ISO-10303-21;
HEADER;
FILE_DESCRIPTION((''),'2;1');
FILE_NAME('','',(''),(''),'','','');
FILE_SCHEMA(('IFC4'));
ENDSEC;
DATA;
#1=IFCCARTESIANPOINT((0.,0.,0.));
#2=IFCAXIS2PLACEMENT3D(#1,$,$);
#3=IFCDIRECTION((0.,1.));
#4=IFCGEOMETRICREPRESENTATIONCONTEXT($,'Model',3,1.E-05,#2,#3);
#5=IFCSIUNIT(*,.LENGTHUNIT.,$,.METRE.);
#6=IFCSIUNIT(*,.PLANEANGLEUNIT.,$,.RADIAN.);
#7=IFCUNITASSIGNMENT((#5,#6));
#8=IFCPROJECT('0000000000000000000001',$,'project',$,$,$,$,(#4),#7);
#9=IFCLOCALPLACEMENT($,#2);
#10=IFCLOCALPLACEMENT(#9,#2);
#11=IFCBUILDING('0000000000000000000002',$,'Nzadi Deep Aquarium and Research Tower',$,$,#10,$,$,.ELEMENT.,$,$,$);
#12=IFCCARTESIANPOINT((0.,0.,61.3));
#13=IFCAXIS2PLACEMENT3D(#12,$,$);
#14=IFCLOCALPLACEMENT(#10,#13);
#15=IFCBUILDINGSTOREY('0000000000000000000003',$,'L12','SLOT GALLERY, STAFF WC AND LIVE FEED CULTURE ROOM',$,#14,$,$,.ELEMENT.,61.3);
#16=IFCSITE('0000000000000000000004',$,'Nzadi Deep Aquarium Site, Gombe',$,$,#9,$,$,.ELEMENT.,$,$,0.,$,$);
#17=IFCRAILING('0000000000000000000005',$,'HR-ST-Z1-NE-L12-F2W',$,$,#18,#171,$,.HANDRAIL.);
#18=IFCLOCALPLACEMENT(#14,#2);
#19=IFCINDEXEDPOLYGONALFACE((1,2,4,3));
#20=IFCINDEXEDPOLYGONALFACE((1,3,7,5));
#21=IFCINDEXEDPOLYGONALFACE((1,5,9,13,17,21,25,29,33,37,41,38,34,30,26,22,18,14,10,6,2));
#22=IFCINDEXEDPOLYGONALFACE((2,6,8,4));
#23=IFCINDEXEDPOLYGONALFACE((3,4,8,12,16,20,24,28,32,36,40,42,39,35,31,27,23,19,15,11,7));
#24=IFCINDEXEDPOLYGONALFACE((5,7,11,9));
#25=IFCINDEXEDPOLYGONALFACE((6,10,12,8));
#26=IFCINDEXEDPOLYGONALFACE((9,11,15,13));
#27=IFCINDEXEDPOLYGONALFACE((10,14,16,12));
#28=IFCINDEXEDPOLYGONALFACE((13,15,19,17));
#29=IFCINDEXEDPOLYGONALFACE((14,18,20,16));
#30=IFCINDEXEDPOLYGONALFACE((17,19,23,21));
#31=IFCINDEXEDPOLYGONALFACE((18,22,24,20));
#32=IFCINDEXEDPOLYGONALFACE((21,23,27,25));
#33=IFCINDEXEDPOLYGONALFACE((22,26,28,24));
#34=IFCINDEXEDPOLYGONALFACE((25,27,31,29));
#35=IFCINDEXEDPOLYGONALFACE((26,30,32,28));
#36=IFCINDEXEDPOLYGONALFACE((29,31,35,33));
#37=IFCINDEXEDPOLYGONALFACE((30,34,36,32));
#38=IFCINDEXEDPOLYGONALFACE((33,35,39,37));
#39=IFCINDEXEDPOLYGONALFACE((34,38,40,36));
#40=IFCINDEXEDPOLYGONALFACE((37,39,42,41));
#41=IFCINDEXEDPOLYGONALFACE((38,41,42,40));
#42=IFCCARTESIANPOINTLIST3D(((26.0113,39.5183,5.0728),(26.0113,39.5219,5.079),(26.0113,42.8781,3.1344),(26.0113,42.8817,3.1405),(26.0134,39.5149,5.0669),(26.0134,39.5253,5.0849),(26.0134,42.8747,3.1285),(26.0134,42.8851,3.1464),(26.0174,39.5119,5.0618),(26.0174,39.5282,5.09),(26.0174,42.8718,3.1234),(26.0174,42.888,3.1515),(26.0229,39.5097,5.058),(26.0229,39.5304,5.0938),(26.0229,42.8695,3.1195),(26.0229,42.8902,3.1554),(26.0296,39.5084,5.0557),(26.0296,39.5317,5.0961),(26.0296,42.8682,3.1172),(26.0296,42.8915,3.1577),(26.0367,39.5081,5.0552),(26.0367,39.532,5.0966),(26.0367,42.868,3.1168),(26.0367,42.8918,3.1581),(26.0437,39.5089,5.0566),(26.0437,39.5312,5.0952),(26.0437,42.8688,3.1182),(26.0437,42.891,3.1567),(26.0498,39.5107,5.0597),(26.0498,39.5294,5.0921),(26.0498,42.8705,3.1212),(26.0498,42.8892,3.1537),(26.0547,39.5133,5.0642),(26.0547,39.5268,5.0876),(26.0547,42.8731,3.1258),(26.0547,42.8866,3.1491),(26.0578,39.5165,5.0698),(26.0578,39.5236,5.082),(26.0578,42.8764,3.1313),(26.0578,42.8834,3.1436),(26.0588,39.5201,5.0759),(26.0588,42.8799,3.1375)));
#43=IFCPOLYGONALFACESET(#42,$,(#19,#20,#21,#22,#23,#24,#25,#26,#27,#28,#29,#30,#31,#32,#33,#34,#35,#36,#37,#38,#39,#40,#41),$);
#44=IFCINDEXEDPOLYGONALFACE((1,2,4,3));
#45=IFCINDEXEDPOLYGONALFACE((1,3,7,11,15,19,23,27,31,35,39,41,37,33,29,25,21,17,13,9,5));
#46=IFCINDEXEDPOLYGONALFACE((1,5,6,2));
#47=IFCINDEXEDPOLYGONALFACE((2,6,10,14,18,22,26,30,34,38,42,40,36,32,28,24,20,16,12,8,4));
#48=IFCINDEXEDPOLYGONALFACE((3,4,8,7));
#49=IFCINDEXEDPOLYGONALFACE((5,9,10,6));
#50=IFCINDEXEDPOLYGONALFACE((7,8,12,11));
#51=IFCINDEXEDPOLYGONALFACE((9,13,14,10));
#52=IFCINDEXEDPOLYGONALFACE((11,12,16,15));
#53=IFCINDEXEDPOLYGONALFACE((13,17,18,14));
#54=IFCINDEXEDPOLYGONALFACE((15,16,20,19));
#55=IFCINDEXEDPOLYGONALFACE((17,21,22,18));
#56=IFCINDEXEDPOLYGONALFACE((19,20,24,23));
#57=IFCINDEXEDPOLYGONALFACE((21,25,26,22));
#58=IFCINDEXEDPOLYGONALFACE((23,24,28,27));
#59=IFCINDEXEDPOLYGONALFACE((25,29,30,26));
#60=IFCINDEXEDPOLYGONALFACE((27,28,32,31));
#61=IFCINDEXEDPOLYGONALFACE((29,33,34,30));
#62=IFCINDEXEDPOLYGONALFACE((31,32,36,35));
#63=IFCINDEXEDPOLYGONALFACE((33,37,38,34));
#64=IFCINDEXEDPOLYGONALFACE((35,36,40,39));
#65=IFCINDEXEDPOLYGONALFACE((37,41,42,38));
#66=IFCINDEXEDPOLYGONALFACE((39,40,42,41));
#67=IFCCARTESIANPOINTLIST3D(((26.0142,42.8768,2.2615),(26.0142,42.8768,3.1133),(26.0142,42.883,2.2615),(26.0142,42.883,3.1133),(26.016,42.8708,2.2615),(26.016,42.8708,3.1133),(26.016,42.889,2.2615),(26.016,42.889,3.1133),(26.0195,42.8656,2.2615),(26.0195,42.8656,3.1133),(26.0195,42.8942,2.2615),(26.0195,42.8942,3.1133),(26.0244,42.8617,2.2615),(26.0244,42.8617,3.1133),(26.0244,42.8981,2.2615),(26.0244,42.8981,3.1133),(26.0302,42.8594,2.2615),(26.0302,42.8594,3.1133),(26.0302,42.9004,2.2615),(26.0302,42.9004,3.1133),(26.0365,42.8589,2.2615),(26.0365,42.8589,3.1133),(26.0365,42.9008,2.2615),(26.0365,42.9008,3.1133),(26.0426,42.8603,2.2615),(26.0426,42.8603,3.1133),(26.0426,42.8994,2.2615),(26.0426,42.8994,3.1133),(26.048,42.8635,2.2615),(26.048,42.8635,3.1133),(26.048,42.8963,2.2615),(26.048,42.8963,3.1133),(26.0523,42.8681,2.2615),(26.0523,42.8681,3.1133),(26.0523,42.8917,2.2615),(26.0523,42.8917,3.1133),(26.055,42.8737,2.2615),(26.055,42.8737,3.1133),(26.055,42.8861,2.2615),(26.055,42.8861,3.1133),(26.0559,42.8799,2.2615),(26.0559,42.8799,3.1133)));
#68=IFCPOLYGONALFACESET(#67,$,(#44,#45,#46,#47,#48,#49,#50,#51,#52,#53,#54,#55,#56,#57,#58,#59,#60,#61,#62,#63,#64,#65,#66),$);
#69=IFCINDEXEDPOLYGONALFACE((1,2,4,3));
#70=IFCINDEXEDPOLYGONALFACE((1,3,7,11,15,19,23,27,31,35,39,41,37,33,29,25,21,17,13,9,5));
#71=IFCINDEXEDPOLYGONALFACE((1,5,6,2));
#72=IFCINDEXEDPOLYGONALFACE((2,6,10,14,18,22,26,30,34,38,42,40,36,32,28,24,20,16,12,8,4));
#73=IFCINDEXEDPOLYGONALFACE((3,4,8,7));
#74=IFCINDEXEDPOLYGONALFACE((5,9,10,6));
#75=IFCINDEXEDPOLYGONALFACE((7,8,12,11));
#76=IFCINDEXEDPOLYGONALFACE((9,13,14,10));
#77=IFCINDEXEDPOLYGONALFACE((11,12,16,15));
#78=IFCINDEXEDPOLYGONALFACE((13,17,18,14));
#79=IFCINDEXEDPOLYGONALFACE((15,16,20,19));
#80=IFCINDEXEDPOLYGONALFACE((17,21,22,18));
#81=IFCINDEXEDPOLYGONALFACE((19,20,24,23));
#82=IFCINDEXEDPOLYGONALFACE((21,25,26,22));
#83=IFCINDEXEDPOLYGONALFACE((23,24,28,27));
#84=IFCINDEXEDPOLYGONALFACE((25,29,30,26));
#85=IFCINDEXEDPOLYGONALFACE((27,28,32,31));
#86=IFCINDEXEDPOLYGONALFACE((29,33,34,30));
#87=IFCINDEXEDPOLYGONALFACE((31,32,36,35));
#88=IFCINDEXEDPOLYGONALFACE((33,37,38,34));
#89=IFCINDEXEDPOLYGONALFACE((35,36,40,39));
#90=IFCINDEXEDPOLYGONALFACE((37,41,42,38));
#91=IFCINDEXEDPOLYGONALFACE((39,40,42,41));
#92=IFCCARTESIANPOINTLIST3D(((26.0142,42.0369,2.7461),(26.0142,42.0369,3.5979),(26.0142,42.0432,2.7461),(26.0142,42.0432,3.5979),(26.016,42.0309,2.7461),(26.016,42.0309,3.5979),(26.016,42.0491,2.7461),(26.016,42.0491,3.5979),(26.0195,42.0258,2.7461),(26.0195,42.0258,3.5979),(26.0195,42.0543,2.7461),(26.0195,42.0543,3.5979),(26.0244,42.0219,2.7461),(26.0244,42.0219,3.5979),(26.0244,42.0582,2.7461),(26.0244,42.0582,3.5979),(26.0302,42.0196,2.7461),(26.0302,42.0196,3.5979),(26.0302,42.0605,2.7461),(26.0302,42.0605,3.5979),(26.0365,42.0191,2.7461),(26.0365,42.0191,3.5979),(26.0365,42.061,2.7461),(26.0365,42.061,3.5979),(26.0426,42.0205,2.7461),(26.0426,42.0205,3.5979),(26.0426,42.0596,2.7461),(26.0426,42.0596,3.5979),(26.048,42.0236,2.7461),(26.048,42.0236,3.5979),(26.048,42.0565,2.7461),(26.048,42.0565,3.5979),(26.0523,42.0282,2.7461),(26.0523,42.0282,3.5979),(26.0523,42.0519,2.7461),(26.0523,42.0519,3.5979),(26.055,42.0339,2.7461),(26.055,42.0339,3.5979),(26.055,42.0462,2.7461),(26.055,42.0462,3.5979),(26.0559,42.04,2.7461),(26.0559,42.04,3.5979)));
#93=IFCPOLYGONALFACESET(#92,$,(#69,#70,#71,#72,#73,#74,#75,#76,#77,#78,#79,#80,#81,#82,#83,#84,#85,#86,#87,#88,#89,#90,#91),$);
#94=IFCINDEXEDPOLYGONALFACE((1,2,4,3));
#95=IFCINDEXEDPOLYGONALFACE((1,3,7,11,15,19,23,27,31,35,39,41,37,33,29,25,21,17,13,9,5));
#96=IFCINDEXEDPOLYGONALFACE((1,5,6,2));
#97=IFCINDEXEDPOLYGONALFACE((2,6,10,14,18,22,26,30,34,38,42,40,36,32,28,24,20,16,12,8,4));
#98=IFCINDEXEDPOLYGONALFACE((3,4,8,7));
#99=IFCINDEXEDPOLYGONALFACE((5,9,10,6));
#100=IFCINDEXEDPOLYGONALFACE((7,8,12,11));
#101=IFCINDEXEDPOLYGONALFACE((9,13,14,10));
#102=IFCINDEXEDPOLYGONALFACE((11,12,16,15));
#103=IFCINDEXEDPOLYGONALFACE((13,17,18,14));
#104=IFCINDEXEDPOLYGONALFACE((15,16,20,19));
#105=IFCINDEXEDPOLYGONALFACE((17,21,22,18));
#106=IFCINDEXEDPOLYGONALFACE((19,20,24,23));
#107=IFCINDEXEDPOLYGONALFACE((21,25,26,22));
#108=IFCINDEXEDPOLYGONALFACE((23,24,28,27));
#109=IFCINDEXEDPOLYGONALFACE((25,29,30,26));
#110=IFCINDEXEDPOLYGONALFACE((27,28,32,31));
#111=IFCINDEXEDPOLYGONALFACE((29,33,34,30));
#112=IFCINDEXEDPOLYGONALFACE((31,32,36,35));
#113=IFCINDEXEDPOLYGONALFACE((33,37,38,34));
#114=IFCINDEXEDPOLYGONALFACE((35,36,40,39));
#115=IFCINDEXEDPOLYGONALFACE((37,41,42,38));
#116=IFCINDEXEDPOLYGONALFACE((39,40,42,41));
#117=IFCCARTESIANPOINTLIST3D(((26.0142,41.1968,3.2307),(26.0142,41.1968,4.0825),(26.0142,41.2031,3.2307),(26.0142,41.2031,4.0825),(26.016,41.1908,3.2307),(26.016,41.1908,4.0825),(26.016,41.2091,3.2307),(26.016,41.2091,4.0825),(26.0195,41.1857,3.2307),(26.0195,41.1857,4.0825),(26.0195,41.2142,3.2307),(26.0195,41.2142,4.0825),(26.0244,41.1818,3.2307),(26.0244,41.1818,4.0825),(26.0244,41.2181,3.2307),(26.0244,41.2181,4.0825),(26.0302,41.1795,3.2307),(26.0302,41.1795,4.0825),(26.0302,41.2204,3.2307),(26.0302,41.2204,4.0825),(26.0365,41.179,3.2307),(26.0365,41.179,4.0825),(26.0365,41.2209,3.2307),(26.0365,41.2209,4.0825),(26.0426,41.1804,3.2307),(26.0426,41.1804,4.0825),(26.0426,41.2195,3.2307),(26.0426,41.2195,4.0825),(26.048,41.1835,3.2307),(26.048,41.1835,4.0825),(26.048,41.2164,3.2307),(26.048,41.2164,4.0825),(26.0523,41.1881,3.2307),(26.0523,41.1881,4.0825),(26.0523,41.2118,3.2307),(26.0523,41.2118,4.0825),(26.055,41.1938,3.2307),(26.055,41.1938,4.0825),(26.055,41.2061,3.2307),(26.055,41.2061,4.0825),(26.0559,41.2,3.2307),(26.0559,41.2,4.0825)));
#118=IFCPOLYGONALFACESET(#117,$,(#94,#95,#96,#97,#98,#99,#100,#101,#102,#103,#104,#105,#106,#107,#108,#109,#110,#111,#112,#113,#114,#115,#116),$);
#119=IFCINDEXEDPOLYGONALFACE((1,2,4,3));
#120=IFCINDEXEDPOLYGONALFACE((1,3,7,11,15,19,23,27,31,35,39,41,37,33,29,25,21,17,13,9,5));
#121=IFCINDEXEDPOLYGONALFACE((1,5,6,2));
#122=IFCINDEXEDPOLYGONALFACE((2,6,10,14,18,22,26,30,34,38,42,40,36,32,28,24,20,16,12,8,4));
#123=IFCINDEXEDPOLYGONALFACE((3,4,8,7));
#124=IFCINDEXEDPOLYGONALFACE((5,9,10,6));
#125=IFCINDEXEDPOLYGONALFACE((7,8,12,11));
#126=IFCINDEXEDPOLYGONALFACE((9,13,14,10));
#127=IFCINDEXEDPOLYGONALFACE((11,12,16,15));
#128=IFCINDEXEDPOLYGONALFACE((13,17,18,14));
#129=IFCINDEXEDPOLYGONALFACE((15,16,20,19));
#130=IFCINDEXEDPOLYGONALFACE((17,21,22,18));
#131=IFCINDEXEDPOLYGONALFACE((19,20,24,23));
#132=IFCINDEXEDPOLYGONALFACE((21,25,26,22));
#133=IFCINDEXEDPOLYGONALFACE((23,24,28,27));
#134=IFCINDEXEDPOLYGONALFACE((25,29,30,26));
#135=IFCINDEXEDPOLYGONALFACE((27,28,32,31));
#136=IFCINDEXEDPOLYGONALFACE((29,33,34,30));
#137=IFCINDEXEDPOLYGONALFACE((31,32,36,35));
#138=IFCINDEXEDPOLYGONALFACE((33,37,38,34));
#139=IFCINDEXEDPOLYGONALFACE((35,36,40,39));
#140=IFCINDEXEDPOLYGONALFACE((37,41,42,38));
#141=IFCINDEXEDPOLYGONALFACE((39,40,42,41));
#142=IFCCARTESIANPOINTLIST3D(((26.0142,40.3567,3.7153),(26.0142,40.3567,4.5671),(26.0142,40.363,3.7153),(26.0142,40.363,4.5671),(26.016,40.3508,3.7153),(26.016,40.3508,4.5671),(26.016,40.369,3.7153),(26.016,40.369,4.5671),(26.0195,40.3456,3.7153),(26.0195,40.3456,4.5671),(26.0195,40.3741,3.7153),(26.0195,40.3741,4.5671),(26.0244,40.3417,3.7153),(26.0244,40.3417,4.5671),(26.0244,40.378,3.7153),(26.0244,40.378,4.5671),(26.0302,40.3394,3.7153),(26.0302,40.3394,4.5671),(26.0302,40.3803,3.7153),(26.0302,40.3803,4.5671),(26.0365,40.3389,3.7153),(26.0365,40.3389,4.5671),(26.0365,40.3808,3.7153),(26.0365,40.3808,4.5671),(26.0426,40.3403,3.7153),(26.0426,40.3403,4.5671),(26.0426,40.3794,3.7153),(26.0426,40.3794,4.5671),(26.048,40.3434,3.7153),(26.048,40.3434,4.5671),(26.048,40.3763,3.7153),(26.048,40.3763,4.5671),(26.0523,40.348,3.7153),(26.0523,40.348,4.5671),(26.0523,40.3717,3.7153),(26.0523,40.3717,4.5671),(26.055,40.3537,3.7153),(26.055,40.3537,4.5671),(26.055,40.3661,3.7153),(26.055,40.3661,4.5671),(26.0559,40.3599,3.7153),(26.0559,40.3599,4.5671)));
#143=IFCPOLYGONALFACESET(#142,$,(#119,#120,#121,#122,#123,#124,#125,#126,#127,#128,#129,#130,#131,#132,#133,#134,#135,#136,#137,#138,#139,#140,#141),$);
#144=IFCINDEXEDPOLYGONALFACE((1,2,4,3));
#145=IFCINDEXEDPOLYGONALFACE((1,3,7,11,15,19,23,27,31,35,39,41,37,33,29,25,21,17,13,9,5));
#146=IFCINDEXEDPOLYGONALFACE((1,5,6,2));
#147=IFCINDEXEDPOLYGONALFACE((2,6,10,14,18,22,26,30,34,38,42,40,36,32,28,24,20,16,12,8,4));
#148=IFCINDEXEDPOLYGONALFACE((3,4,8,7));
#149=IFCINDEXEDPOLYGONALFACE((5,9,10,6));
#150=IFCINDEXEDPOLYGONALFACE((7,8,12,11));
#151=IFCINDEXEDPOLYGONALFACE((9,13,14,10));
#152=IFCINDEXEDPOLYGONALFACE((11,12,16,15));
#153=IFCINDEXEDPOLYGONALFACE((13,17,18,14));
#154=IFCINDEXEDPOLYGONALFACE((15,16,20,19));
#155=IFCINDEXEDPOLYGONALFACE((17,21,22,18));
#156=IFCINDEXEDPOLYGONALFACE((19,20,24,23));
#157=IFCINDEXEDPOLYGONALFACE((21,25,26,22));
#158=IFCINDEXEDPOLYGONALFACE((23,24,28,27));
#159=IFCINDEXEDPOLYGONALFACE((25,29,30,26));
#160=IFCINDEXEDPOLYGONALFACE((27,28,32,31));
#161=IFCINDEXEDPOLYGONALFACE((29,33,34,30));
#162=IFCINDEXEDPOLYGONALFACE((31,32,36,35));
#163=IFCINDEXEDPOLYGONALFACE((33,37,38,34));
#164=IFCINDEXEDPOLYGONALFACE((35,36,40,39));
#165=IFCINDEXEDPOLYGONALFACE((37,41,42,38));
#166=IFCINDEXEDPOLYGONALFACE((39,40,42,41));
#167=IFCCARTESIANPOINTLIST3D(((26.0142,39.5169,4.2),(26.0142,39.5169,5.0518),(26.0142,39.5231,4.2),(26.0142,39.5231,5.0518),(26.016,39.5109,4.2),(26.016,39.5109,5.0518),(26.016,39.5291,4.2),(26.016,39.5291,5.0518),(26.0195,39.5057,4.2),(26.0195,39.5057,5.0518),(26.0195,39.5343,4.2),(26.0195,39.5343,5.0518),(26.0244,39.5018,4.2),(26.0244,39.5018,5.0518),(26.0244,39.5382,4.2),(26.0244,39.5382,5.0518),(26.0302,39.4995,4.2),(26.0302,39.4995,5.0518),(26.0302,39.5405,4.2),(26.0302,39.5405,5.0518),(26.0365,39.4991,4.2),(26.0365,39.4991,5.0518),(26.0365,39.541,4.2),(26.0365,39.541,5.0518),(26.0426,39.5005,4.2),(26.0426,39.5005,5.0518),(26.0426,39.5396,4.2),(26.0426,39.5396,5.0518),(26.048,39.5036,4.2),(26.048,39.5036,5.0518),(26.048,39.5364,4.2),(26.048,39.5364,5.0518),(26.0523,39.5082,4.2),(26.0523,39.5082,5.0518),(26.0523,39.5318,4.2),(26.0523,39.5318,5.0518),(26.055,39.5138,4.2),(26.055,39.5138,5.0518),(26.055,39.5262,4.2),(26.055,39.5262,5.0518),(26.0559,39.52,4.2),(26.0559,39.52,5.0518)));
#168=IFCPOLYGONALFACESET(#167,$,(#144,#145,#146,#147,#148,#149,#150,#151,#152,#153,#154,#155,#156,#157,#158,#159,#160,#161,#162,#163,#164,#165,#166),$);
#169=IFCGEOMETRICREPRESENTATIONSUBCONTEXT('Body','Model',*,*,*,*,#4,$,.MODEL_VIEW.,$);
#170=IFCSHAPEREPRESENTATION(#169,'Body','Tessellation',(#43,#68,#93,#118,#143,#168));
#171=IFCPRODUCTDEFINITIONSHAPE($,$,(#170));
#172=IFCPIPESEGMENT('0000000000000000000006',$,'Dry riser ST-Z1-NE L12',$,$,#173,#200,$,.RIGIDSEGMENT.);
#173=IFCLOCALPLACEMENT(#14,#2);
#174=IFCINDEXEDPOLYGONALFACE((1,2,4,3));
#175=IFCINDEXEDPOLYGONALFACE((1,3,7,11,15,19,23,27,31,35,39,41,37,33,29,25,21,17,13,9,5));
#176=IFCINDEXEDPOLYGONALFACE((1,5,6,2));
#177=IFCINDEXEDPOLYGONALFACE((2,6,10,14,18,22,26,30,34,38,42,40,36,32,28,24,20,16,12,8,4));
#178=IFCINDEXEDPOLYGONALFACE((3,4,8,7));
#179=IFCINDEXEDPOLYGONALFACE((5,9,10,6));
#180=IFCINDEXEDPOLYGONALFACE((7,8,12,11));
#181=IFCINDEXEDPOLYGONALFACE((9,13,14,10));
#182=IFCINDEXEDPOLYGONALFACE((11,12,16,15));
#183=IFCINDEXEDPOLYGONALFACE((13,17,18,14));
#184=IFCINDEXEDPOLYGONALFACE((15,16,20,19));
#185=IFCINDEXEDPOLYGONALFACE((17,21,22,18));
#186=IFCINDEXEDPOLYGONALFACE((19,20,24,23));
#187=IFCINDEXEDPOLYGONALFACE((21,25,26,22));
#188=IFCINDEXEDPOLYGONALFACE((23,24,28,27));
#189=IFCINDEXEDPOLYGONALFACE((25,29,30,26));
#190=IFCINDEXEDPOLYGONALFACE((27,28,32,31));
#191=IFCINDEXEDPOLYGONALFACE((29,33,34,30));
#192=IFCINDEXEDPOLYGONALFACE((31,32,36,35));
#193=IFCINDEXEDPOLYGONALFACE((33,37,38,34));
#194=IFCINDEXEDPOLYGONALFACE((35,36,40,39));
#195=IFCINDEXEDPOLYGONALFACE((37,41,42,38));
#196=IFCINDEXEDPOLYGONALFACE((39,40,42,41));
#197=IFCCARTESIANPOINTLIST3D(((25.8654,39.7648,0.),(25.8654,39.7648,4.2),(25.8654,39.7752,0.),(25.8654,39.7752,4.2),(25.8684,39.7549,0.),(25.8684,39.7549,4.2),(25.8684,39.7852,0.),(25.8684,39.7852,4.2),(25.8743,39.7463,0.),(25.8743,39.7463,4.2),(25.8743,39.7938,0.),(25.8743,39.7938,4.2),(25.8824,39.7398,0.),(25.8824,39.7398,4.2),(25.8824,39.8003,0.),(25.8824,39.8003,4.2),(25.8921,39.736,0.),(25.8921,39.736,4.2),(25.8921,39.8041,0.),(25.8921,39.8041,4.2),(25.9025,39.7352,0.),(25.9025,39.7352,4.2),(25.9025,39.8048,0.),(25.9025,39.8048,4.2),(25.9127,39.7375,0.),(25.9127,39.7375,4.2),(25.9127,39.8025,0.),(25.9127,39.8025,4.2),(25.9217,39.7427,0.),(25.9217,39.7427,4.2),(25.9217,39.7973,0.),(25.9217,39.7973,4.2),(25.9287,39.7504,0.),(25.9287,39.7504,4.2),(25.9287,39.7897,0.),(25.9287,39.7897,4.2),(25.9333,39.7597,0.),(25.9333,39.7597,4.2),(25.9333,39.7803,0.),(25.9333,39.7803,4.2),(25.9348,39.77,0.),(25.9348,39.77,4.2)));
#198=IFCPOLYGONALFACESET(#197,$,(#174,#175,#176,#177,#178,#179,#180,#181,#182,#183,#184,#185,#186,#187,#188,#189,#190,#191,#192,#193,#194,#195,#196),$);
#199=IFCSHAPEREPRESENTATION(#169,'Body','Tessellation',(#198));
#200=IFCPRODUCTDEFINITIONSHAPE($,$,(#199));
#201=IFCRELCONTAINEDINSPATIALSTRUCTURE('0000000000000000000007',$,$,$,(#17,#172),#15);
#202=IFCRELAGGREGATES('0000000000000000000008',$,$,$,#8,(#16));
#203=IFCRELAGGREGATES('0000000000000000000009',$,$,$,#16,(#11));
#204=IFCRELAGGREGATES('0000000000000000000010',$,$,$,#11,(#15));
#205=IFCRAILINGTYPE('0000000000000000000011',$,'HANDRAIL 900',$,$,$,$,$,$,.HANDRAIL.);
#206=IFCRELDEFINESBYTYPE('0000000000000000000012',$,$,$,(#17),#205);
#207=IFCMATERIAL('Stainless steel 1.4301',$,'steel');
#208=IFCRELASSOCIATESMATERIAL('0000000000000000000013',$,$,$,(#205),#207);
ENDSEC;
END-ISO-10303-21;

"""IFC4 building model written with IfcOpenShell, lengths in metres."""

from ifc_helpers import new_model, si_unit, direction, frame, origin, origin_2d, place, context, subcontext, project, spatial, circle, extrude, material, type_object, element, save


model = new_model("IFC4")

# Units and contexts
model_context = context("Model", 3, precision=1e-05, world=origin(), true_north=direction((0.0, 1.0)))
body_context = subcontext(model_context, "Body", "Model", "MODEL_VIEW")
ifc_project = project(units=[si_unit("LENGTHUNIT", "METRE"), si_unit("PLANEANGLEUNIT", "RADIAN")], contexts=[model_context])

# Site, building, storey
site_placement = place(None, origin())
site = spatial("IfcSite", under=ifc_project, at=site_placement, Name="Nzadi Deep Aquarium Site, Gombe", CompositionType="ELEMENT", RefElevation=0.0)
building_placement = place(site_placement, origin())
building = spatial("IfcBuilding", under=site, at=building_placement, Name="Nzadi Deep Aquarium and Research Tower", CompositionType="ELEMENT")
storey_placement = place(building_placement, frame((0.0, 0.0, 61.3)))
storey = spatial("IfcBuildingStorey", under=building, at=storey_placement, Name="L12", Description="SLOT GALLERY, STAFF WC AND LIVE FEED CULTURE ROOM", CompositionType="ELEMENT", Elevation=61.3)

# Railing
ifc_material_1 = material(Name="Stainless steel 1.4301", Category="steel")
railing_type = type_object("IfcRailingType", Name="HANDRAIL 900", PredefinedType="HANDRAIL", material=ifc_material_1)
for number, where, name in (
    (1, (26.0349, 42.8799, 2.2615), "HR-ST-Z1-NE-L12-F2W"),
):
    element("IfcRailing", number, at=place(storey_placement, frame(where)), inside=storey, type_object=railing_type, Name=name, PredefinedType="HANDRAIL", context=body_context, shape_type="SweptSolid", body=[
        extrude(circle(Radius=0.0239, at=origin_2d()), frame((0.0, 0.0, 0.876), z_axis=(0.0, -0.866175, 0.499741), x_axis=(1.0, 0.0, 0.0)), (0.0, 0.0, 1.0), 3.8789),
        extrude(circle(Radius=0.021, at=origin_2d()), origin(), (0.0, 0.0, 1.0), 0.8518),
        extrude(circle(Radius=0.021, at=origin_2d()), frame((0.0, -0.8398, 0.4846)), (0.0, 0.0, 1.0), 0.8518),
        extrude(circle(Radius=0.021, at=origin_2d()), frame((0.0, -1.6799, 0.9692)), (0.0, 0.0, 1.0), 0.8518),
        extrude(circle(Radius=0.021, at=origin_2d()), frame((0.0, -2.52, 1.4539)), (0.0, 0.0, 1.0), 0.8518),
        extrude(circle(Radius=0.021, at=origin_2d()), frame((0.0, -3.3599, 1.9385)), (0.0, 0.0, 1.0), 0.8518),
    ])

# Pipe segment
pipe_segment_placement = place(storey_placement, frame((25.8999, 39.77, 0.0), z_axis=(0.0, 0.0, 1.0), x_axis=(1.0, 0.0, 0.0)))
element("IfcPipeSegment", 2, at=pipe_segment_placement, inside=storey, Name="Dry riser ST-Z1-NE L12", PredefinedType="RIGIDSEGMENT", context=body_context, shape_type="SweptSolid", body=[
    extrude(circle(Radius=0.0349, at=origin_2d()), origin(), (0.0, 0.0, 1.0), 4.2),
])

save(model, "model.ifc")
